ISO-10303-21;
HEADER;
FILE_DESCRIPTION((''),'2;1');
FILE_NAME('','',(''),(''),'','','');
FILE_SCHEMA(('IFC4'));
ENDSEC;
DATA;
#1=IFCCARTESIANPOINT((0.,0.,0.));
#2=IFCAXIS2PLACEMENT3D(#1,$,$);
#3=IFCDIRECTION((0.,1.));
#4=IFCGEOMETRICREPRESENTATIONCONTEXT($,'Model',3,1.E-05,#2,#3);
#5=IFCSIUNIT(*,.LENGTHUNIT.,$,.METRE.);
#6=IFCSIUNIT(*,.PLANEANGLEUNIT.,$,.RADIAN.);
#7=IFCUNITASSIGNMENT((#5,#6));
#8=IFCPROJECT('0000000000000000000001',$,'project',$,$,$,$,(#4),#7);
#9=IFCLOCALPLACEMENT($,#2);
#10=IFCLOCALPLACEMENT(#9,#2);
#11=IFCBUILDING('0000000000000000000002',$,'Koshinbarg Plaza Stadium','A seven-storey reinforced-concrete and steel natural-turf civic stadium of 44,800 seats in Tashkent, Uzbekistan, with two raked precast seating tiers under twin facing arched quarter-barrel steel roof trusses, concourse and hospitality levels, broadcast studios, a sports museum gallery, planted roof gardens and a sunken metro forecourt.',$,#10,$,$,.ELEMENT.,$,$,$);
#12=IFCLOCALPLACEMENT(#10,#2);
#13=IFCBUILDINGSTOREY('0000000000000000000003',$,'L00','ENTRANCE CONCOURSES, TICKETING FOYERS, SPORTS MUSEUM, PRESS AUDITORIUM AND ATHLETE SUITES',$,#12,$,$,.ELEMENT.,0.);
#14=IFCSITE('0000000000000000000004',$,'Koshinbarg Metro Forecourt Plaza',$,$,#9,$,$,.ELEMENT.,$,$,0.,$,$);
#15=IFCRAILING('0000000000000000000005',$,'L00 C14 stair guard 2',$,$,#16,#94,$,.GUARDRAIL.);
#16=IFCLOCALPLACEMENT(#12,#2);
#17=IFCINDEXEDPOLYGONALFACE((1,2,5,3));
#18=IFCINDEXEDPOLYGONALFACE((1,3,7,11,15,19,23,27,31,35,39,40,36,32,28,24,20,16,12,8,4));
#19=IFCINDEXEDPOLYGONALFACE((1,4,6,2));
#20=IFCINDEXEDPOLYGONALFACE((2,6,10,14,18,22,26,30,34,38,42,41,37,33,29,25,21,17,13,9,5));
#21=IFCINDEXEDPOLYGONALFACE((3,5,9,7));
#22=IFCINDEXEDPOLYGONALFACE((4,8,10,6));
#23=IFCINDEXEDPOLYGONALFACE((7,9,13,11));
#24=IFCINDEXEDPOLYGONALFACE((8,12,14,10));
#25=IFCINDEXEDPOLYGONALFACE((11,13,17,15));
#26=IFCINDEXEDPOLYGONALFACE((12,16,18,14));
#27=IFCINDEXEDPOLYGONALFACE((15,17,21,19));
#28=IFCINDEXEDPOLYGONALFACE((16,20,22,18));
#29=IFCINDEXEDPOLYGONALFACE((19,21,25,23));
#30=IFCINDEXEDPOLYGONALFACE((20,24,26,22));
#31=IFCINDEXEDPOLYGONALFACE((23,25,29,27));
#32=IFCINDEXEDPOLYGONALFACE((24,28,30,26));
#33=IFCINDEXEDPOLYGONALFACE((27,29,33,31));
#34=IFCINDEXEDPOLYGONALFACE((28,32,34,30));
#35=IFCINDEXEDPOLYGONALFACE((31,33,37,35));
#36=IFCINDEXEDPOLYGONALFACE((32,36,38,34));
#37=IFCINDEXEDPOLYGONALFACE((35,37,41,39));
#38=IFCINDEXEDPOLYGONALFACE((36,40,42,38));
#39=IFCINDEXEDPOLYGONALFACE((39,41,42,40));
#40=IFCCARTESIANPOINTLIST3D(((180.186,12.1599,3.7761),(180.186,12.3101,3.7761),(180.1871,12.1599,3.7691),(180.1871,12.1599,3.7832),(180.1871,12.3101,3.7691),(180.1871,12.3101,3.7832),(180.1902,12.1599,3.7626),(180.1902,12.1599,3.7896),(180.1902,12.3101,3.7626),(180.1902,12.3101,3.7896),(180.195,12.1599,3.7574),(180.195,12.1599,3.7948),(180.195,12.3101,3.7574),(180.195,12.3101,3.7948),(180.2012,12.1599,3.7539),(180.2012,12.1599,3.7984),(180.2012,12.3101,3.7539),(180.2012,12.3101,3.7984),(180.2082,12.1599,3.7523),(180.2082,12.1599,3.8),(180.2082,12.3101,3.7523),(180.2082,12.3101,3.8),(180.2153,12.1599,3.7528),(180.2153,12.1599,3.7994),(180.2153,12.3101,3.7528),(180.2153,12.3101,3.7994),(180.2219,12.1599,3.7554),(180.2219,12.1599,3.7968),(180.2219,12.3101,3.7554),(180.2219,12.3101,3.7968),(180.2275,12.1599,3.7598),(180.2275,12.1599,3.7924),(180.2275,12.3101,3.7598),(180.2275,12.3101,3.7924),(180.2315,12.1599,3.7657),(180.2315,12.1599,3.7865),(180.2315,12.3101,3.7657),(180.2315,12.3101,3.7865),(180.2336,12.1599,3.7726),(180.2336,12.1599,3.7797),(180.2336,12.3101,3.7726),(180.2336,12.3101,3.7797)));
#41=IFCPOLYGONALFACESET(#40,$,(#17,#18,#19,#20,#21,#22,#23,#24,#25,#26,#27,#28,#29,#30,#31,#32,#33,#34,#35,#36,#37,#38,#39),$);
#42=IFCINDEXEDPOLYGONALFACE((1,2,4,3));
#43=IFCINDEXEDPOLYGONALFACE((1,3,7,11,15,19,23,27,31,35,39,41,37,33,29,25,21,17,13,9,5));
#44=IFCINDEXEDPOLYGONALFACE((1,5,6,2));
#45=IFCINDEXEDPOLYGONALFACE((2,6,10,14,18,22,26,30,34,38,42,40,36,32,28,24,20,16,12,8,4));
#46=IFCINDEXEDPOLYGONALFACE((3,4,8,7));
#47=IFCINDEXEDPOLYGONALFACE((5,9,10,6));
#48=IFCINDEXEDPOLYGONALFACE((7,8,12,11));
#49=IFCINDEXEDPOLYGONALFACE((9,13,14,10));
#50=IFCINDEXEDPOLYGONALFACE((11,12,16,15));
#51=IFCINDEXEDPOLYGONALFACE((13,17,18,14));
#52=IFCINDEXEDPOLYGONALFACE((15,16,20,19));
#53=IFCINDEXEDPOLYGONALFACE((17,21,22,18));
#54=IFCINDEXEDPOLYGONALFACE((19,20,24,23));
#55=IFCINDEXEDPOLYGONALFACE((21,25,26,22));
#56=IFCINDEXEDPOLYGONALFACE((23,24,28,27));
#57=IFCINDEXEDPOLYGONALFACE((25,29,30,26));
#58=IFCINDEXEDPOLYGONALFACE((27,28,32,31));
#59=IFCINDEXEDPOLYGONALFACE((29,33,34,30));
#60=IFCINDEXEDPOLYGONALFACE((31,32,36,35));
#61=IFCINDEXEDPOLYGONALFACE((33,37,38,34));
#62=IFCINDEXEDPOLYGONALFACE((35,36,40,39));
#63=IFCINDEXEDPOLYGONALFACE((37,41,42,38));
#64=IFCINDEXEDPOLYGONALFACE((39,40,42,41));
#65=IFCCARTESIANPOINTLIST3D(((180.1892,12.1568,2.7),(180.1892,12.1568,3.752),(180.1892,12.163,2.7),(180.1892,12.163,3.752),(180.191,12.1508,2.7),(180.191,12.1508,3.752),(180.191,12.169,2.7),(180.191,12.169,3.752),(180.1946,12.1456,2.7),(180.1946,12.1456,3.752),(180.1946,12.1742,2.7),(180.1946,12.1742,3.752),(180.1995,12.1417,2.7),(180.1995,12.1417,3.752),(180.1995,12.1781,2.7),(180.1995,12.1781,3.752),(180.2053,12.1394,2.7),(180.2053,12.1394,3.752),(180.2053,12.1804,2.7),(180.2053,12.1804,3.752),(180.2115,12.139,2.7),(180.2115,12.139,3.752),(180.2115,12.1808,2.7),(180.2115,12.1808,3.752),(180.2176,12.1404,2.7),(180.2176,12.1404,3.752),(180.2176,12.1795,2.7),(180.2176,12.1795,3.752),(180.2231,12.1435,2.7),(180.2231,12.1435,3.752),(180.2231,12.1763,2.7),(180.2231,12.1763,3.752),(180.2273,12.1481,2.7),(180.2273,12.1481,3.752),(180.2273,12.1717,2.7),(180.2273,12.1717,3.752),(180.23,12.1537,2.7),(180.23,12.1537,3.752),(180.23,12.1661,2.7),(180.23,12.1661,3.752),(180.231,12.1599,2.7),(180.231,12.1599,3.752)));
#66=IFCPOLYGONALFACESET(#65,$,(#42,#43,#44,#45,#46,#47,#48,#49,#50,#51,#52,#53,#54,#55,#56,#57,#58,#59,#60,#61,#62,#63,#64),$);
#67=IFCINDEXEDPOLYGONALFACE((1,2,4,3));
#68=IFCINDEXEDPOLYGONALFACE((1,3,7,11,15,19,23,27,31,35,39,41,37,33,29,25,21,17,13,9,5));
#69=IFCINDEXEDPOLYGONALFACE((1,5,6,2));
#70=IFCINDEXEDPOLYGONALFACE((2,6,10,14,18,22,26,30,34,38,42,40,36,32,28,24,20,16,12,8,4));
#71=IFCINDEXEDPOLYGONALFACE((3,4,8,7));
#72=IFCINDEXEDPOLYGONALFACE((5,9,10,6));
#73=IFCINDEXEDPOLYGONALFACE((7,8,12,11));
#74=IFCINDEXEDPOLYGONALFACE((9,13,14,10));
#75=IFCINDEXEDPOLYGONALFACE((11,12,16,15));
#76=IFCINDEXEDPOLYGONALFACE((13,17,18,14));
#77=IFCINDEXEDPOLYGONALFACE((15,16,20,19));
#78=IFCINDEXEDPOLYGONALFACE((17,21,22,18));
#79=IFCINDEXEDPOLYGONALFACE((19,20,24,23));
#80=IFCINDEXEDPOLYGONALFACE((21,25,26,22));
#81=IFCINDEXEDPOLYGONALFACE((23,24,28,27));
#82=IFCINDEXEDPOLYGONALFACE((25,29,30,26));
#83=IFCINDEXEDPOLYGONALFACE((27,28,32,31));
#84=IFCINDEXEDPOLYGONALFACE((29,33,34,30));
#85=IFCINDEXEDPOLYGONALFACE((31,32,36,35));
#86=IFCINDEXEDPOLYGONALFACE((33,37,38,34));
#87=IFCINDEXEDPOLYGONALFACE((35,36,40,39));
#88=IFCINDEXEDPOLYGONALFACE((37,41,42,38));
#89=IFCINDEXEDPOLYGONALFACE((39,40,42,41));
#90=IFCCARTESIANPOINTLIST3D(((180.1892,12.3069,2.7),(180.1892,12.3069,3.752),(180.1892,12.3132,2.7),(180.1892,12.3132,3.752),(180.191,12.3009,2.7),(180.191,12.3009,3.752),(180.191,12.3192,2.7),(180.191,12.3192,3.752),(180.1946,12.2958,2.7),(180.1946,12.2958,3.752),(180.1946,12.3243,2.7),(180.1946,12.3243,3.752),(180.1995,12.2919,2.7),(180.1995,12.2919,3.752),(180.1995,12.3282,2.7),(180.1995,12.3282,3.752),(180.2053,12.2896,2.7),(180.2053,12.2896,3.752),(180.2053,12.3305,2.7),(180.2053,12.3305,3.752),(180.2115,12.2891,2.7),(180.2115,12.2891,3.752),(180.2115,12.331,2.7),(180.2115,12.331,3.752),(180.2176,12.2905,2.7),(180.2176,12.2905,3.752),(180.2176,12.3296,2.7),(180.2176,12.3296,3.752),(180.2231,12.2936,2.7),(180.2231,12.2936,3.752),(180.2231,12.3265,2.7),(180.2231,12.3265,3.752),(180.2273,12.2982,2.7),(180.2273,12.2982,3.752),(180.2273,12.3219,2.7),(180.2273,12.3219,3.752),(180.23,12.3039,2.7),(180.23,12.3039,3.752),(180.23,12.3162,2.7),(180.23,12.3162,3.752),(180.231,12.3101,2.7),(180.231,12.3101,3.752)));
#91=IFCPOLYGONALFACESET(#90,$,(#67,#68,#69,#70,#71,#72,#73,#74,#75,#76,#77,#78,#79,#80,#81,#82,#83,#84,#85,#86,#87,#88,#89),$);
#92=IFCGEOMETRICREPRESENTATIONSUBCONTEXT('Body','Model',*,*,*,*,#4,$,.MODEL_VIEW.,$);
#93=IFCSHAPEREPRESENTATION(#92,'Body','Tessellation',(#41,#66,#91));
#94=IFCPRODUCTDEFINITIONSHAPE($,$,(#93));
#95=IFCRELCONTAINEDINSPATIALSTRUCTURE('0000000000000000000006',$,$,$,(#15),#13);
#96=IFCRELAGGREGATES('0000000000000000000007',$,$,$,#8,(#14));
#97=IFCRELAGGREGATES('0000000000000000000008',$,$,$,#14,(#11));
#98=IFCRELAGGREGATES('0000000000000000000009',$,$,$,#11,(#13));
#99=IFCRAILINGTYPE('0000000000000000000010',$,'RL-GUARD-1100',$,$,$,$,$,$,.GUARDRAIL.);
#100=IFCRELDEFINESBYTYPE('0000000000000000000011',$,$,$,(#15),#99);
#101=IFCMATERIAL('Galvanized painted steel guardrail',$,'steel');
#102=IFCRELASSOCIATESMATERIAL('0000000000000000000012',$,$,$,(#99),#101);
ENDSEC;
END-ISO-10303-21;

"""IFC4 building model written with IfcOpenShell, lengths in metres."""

from ifc_helpers import new_model, si_unit, direction, frame, origin, origin_2d, place, context, subcontext, project, spatial, circle, extrude, material, type_object, element, save


model = new_model("IFC4")

# Units and contexts
model_context = context("Model", 3, precision=1e-05, world=origin(), true_north=direction((0.0, 1.0)))
body_context = subcontext(model_context, "Body", "Model", "MODEL_VIEW")
ifc_project = project(units=[si_unit("LENGTHUNIT", "METRE"), si_unit("PLANEANGLEUNIT", "RADIAN")], contexts=[model_context])

# Site, building, storey
site_placement = place(None, origin())
site = spatial("IfcSite", under=ifc_project, at=site_placement, Name="Koshinbarg Metro Forecourt Plaza", CompositionType="ELEMENT", RefElevation=0.0)
building_placement = place(site_placement, origin())
building = spatial("IfcBuilding", under=site, at=building_placement, Name="Koshinbarg Plaza Stadium", Description="A seven-storey reinforced-concrete and steel natural-turf civic stadium of 44,800 seats in Tashkent, Uzbekistan, with two raked precast seating tiers under twin facing arched quarter-barrel steel roof trusses, concourse and hospitality levels, broadcast studios, a sports museum gallery, planted roof gardens and a sunken metro forecourt.", CompositionType="ELEMENT")
storey_placement = place(building_placement, origin())
storey = spatial("IfcBuildingStorey", under=building, at=storey_placement, Name="L00", Description="ENTRANCE CONCOURSES, TICKETING FOYERS, SPORTS MUSEUM, PRESS AUDITORIUM AND ATHLETE SUITES", CompositionType="ELEMENT", Elevation=0.0)

# Railing
ifc_material_1 = material(Name="Galvanized painted steel guardrail", Category="steel")
railing_type_1 = type_object("IfcRailingType", Name="RL-GUARD-1100", PredefinedType="GUARDRAIL", material=ifc_material_1)
railing_1_placement = place(storey_placement, frame((180.21, 12.1599, 2.7)))
element("IfcRailing", 1, at=railing_1_placement, inside=storey, type_object=railing_type_1, Name="L00 C14 stair guard 2", PredefinedType="GUARDRAIL", context=body_context, shape_type="SweptSolid", body=[
    extrude(circle(Radius=0.0239, at=origin_2d()), frame((0.0, 0.0, 1.0762), z_axis=(0.0, 1.0, 0.0), x_axis=(-1.0, 0.0, 0.0)), (0.0, 0.0, 1.0), 0.1501),
    extrude(circle(Radius=0.021, at=origin_2d()), origin(), (0.0, 0.0, 1.0), 1.052),
    extrude(circle(Radius=0.021, at=origin_2d()), frame((0.0, 0.1501, 0.0)), (0.0, 0.0, 1.0), 1.052),
])

save(model, "model.ifc")
